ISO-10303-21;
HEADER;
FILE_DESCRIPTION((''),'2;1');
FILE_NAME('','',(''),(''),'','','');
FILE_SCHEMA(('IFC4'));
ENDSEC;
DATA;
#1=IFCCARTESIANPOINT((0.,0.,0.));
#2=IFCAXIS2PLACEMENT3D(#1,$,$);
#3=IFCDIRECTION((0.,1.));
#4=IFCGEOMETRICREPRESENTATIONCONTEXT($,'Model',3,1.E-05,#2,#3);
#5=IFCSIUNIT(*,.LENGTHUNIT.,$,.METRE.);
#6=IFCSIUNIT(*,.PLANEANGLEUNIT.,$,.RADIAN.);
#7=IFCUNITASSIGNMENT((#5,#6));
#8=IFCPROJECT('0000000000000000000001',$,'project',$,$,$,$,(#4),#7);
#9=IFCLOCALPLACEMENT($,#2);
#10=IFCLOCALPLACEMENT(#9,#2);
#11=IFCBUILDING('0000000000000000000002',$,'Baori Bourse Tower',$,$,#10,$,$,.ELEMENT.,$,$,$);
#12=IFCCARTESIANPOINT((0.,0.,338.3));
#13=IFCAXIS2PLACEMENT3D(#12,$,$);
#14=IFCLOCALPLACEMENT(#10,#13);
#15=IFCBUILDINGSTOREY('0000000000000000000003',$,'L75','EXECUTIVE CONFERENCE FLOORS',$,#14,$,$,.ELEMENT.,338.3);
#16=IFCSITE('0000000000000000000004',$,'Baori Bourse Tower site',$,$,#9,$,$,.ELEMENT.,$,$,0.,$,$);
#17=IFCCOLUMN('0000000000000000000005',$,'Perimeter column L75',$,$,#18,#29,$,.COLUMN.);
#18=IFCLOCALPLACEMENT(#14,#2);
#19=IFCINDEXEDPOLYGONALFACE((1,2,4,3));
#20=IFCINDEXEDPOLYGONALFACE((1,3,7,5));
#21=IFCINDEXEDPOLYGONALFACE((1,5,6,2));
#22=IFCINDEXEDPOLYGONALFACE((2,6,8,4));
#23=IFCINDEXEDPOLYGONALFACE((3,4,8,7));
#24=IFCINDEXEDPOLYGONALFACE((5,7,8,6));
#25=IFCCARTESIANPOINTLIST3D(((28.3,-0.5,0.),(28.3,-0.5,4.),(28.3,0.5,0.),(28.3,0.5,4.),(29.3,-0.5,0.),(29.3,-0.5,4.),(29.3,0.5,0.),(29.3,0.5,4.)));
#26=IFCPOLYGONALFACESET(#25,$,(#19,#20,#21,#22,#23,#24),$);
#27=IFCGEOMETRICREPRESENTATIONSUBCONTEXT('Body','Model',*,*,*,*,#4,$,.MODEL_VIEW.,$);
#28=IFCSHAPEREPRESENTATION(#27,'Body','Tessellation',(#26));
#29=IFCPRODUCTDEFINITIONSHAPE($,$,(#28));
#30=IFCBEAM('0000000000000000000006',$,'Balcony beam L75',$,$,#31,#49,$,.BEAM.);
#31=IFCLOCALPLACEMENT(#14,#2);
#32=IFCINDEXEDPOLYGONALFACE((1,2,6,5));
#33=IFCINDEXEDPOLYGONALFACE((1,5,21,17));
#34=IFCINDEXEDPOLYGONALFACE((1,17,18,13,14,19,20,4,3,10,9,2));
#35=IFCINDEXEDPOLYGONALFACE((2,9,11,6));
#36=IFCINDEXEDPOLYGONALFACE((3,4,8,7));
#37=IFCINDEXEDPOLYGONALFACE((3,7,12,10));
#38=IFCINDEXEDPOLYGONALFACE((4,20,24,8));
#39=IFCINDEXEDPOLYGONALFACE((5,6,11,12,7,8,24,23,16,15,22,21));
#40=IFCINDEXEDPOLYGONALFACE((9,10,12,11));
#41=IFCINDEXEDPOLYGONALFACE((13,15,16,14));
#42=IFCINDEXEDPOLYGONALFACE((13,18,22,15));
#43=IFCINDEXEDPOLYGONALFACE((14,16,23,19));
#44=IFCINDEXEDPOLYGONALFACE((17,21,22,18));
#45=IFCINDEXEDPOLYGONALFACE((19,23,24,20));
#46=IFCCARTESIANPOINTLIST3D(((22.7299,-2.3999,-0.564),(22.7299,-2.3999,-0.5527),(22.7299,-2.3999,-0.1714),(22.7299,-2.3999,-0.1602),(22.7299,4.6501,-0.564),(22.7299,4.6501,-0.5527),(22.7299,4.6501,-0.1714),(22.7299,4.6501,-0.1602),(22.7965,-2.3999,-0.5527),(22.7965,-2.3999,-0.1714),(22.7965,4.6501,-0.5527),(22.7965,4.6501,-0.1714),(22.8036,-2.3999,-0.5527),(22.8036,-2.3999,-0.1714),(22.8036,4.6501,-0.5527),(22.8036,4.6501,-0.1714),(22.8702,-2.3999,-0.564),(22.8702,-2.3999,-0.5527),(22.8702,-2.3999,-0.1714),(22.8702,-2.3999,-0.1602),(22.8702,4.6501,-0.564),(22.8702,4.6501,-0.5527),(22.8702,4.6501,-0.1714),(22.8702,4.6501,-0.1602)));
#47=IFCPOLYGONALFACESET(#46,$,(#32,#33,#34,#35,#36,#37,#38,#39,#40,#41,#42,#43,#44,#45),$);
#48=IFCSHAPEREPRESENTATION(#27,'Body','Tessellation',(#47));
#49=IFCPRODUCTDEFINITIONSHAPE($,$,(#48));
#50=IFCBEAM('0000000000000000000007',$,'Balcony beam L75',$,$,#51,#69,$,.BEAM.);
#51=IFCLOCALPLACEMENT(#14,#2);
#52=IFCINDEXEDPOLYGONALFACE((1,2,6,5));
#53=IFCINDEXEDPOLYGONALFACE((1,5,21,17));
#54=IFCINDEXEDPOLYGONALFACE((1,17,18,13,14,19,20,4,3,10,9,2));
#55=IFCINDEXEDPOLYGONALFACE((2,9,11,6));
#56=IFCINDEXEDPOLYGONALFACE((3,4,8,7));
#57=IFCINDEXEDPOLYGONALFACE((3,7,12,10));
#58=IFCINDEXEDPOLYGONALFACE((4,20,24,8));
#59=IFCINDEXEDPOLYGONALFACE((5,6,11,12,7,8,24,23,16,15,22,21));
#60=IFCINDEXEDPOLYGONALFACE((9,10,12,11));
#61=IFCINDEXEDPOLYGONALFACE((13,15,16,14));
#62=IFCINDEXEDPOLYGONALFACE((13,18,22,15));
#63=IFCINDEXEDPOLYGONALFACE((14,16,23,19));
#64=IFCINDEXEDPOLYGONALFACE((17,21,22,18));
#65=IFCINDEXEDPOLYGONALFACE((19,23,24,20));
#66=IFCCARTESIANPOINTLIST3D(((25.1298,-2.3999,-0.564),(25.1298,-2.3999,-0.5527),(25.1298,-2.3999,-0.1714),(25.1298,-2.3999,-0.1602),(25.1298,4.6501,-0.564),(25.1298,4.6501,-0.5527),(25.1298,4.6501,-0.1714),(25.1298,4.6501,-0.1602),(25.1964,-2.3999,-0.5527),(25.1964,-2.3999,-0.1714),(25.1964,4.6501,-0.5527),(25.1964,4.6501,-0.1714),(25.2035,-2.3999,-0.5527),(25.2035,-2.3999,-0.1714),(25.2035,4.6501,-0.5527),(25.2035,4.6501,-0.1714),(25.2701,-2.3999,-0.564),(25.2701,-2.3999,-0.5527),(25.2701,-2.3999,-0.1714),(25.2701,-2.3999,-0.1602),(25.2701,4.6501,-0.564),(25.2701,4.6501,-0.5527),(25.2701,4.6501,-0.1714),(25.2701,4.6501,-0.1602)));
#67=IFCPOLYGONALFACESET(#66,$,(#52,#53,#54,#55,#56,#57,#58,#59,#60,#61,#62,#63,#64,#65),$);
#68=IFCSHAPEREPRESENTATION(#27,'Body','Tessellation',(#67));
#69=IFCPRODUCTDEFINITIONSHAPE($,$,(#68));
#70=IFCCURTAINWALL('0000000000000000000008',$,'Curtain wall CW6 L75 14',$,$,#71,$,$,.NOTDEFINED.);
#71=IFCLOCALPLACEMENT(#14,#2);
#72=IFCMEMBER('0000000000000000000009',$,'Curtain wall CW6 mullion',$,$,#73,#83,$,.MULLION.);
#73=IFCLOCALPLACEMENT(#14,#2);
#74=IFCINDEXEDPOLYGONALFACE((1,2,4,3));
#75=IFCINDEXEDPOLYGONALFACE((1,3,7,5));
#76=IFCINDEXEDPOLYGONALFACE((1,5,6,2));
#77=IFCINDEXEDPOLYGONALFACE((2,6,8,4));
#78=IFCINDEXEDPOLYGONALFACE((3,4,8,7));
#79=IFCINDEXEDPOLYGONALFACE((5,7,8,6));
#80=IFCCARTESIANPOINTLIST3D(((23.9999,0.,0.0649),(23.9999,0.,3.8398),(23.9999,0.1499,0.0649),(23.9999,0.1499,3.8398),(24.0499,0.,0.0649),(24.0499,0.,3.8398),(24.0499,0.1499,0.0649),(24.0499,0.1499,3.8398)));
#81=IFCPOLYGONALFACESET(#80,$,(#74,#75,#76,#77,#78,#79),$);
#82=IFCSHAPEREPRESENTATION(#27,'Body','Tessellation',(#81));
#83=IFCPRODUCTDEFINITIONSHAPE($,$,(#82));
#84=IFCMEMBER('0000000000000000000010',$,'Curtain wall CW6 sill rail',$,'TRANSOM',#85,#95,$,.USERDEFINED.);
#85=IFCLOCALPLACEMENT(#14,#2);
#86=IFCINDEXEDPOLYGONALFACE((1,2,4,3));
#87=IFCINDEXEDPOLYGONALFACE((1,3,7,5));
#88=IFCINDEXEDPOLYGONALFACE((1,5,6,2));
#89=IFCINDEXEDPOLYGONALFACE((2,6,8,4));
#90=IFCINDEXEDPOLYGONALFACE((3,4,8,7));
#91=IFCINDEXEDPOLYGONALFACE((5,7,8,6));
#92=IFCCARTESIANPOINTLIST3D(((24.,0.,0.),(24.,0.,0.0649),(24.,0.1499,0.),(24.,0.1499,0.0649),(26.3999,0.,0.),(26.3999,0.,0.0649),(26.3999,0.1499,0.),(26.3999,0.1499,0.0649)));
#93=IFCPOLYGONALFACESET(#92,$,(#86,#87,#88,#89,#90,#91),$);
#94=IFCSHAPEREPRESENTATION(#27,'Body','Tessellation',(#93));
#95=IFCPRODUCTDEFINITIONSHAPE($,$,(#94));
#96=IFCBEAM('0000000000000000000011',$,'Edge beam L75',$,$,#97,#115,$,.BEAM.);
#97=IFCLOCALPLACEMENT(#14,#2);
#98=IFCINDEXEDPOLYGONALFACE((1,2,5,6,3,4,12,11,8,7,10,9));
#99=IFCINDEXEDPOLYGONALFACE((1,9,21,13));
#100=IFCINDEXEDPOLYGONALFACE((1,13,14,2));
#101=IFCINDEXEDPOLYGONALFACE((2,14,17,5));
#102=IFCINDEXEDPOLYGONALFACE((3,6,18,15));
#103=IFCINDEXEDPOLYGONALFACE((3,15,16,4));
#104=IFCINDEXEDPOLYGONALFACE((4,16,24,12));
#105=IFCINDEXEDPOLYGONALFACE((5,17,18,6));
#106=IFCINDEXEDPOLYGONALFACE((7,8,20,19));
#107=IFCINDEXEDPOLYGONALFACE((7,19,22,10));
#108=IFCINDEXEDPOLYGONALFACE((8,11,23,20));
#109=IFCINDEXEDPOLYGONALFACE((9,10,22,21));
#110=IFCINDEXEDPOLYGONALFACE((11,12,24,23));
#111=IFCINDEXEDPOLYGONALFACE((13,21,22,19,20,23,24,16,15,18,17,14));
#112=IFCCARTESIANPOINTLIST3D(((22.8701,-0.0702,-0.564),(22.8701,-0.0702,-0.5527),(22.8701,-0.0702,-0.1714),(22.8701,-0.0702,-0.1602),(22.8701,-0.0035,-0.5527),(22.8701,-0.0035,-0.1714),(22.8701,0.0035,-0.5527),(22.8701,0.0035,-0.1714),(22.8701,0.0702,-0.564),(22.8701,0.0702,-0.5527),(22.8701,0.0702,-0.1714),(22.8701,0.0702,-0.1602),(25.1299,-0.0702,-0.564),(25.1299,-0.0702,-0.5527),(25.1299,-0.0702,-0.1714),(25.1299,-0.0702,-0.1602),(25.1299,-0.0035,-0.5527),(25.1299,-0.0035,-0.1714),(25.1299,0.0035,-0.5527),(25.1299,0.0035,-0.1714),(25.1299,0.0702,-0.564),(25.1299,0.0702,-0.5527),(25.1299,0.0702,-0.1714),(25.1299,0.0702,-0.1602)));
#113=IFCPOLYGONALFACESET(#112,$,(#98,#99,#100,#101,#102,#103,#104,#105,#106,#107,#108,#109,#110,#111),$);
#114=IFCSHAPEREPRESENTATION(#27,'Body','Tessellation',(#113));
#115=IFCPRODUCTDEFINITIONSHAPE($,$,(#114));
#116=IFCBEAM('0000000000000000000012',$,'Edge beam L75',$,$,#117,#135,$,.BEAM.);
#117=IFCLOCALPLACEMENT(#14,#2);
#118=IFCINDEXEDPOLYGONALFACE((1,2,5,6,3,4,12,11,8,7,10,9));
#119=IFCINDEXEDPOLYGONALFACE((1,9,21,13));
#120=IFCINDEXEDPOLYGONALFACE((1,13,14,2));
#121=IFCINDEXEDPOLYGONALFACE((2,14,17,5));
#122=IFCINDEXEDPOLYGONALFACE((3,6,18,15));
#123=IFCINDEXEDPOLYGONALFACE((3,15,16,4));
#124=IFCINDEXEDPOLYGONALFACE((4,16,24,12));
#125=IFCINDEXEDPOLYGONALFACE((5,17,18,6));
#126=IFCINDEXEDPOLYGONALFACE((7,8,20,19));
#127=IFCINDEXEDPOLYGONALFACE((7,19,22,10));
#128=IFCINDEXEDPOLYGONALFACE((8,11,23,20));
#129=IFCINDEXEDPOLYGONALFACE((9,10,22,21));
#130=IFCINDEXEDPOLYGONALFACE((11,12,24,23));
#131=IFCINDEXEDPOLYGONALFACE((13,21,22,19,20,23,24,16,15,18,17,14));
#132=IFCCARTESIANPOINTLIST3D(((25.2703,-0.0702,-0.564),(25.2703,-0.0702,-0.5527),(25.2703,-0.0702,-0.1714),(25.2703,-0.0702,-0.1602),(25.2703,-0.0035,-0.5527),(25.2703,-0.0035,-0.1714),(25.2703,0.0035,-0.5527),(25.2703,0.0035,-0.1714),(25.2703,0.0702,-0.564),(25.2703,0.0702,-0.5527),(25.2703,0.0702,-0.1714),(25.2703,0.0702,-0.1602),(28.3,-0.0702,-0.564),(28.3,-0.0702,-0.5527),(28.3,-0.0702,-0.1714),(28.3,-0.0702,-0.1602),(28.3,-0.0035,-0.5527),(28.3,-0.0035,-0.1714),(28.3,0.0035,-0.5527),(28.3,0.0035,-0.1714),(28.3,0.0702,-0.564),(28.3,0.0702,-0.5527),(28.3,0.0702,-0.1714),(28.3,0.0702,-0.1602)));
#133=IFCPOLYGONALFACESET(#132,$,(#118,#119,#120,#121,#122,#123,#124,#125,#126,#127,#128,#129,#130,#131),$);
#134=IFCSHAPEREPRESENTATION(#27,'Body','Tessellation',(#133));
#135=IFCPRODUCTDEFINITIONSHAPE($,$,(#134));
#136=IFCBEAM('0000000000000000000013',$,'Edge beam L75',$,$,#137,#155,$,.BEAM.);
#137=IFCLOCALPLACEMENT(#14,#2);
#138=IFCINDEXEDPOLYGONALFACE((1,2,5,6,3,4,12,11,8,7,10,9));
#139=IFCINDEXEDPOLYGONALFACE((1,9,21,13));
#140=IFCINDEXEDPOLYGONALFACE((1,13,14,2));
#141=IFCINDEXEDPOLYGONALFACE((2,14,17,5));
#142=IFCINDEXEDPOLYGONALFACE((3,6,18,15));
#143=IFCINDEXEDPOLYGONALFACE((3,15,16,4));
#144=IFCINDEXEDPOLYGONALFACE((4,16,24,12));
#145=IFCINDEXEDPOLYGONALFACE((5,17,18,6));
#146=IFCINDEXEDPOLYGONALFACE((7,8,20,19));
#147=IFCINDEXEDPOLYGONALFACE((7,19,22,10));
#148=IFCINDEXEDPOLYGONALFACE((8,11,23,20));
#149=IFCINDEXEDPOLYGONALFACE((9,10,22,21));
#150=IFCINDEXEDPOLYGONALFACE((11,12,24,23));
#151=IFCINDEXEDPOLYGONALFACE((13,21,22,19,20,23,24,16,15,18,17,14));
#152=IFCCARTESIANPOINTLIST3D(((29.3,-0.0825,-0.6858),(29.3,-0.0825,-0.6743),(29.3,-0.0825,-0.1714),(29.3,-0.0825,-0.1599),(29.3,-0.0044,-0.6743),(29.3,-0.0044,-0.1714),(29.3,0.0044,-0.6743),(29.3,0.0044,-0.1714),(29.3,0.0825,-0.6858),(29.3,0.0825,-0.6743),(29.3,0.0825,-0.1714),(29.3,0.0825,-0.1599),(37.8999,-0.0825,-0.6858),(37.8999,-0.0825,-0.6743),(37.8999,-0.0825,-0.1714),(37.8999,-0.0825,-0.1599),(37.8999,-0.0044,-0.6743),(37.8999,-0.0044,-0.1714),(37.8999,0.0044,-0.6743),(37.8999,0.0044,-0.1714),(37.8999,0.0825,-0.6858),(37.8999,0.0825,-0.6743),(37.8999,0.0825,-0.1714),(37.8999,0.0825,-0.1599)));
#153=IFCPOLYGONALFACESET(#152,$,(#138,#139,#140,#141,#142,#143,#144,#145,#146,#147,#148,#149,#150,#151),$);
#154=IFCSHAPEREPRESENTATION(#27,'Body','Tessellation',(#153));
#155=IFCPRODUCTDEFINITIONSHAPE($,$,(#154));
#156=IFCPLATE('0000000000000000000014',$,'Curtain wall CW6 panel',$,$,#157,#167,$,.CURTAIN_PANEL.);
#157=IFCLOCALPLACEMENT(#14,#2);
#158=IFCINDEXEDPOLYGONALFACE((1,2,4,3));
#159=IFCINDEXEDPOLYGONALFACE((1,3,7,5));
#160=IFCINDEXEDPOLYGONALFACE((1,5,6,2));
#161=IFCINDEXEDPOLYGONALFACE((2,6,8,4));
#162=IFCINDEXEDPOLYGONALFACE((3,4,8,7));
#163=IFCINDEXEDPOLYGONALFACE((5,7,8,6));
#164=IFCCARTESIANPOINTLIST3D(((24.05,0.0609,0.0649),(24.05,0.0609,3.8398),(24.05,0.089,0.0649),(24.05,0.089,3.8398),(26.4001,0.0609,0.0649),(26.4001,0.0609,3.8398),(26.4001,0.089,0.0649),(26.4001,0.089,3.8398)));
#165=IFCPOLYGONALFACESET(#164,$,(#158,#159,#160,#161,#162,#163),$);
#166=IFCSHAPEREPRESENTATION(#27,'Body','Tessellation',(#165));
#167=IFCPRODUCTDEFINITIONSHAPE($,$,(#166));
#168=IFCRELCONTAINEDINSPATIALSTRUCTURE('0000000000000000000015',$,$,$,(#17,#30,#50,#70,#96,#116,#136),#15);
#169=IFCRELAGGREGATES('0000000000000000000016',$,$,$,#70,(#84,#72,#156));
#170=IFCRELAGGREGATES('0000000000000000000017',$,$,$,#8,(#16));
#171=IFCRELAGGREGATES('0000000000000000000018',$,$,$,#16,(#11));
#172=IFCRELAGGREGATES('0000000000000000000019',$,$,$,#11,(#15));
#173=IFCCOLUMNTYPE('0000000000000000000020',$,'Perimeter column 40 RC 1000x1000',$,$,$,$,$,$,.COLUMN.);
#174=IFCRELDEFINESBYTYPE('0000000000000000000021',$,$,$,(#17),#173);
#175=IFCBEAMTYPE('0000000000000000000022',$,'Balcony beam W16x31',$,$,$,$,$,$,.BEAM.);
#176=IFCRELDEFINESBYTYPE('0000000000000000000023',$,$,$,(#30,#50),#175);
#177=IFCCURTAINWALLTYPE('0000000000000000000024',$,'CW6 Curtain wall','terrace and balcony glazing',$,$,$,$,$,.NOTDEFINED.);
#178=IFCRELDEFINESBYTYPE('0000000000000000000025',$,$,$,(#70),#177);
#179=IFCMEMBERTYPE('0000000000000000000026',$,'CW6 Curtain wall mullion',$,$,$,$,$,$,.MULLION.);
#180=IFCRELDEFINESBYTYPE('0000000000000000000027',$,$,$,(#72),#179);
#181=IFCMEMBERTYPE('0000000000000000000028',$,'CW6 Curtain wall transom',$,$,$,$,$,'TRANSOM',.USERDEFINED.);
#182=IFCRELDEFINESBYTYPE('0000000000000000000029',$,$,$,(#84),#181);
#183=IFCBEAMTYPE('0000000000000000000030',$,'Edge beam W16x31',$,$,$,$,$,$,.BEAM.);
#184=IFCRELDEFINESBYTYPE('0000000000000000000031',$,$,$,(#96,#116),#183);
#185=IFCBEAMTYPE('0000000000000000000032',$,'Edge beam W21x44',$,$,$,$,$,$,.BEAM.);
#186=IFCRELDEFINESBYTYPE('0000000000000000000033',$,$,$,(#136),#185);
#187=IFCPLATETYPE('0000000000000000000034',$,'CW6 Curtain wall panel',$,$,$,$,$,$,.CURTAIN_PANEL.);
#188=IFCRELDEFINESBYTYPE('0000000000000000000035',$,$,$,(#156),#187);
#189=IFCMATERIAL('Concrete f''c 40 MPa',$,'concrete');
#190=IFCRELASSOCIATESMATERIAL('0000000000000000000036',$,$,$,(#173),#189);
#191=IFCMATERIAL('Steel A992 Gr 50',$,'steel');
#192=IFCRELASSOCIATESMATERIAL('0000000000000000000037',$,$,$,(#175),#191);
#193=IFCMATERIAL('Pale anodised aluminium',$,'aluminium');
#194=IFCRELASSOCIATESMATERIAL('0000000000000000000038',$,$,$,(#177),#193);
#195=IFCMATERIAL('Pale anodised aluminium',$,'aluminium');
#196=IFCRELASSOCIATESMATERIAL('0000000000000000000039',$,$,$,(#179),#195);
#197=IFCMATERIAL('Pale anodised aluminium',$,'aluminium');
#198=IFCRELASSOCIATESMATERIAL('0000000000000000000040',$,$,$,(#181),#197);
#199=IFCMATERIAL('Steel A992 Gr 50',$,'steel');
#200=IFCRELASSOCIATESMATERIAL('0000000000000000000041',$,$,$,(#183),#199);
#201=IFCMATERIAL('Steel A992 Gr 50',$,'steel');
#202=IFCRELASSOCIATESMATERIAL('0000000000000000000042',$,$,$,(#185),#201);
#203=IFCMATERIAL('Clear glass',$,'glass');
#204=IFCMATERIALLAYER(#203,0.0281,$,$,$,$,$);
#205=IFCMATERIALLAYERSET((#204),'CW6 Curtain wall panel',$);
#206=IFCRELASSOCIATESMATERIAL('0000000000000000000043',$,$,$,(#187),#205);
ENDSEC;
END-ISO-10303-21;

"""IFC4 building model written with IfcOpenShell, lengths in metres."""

from ifc_helpers import new_model, si_unit, direction, frame, origin, origin_2d, place, context, subcontext, project, spatial, rectangle, i_section, extrude, material, layer, layer_set, material_profile, profile_set, type_object, element, aggregate, save


model = new_model("IFC4")

# Units and contexts
model_context = context("Model", 3, precision=1e-05, world=origin(), true_north=direction((0.0, 1.0)))
body_context = subcontext(model_context, "Body", "Model", "MODEL_VIEW")
ifc_project = project(units=[si_unit("LENGTHUNIT", "METRE"), si_unit("PLANEANGLEUNIT", "RADIAN")], contexts=[model_context])

# Site, building, storey
site_placement = place(None, origin())
site = spatial("IfcSite", under=ifc_project, at=site_placement, Name="Baori Bourse Tower site", CompositionType="ELEMENT", RefElevation=0.0)
building_placement = place(site_placement, origin())
building = spatial("IfcBuilding", under=site, at=building_placement, Name="Baori Bourse Tower", CompositionType="ELEMENT")
storey_placement = place(building_placement, frame((0.0, 0.0, 338.3)))
storey = spatial("IfcBuildingStorey", under=building, at=storey_placement, Name="L75", Description="EXECUTIVE CONFERENCE FLOORS", CompositionType="ELEMENT", Elevation=338.3)

# Column
ifc_material_1 = material(Name="Concrete f'c 40 MPa", Category="concrete")
ifc_material_profile_1 = material_profile(ifc_material_1, rectangle(XDim=1.0, YDim=1.0, at=origin_2d()), Name="RC 1000x1000")
ifc_profile_set_1 = profile_set([ifc_material_profile_1], Name="Concrete f'c 40 MPa")
column_type = type_object("IfcColumnType", Name="Perimeter column 40 RC 1000x1000", PredefinedType="COLUMN", material=ifc_profile_set_1)
column_placement = place(storey_placement, frame((28.8, 0.0, 0.0), z_axis=(0.0, 0.0, 1.0), x_axis=(1.0, 0.0, 0.0)))
element("IfcColumn", 1, at=column_placement, inside=storey, type_object=column_type, Name="Perimeter column L75", PredefinedType="COLUMN", context=body_context, shape_type="SweptSolid", body=[
    extrude(rectangle(XDim=1.0, YDim=1.0, at=origin_2d()), origin(), (0.0, 0.0, 1.0), 4.0),
])

# Beams
ifc_material_2 = material(Name="Steel A992 Gr 50", Category="steel")
ifc_material_profile_2 = material_profile(ifc_material_2, i_section(OverallWidth=0.1404, OverallDepth=0.4038, WebThickness=0.0071, FlangeThickness=0.0112, at=origin_2d()), Name="W16x31")
ifc_profile_set_2 = profile_set([ifc_material_profile_2], Name="Steel A992 Gr 50")
beam_type_1 = type_object("IfcBeamType", Name="Balcony beam W16x31", PredefinedType="BEAM", material=ifc_profile_set_2)
for number, where, z_axis, x_axis, name in (
    (2, (22.8, -2.3999, -0.3621), (0.0, 1.0, 0.0), (-1.0, 0.0, 0.0), "Balcony beam L75"),
    (3, (25.2, -2.3999, -0.3621), (0.0, 1.0, 0.0), (-1.0, 0.0, 0.0), "Balcony beam L75"),
):
    element("IfcBeam", number, at=place(storey_placement, frame(where, z_axis=z_axis, x_axis=x_axis)), inside=storey, type_object=beam_type_1, Name=name, PredefinedType="BEAM", context=body_context, shape_type="SweptSolid", body=[
        extrude(i_section(OverallWidth=0.1404, OverallDepth=0.4038, WebThickness=0.0071, FlangeThickness=0.0112, at=origin_2d()), origin(), (0.0, 0.0, 1.0), 7.05),
    ])

# Curtain wall, members
ifc_material_3 = material(Name="Pale anodised aluminium", Category="aluminium")
curtain_wall_type = type_object("IfcCurtainWallType", Name="CW6 Curtain wall", Description="terrace and balcony glazing", PredefinedType="NOTDEFINED", material=ifc_material_3)
curtain_wall_placement = place(storey_placement, origin())
curtain_wall = element("IfcCurtainWall", 4, at=curtain_wall_placement, inside=storey, type_object=curtain_wall_type, Name="Curtain wall CW6 L75 14", PredefinedType="NOTDEFINED")
ifc_material_4 = material(Name="Pale anodised aluminium", Category="aluminium")
ifc_material_profile_3 = material_profile(ifc_material_4, rectangle(XDim=0.1499, YDim=0.05, at=origin_2d()), Name="Mullion 50x150")
ifc_profile_set_3 = profile_set([ifc_material_profile_3], Name="Pale anodised aluminium")
member_type_1 = type_object("IfcMemberType", Name="CW6 Curtain wall mullion", PredefinedType="MULLION", material=ifc_profile_set_3)
member_1_placement = place(storey_placement, frame((24.0249, 0.075, 0.0649), z_axis=(0.0, 0.0, 1.0), x_axis=(0.0, 1.0, 0.0)))
member_1 = element("IfcMember", 5, at=member_1_placement, type_object=member_type_1, Name="Curtain wall CW6 mullion", PredefinedType="MULLION", context=body_context, shape_type="SweptSolid", body=[
    extrude(rectangle(XDim=0.1499, YDim=0.05, at=origin_2d()), origin(), (0.0, 0.0, 1.0), 3.7749),
])
ifc_material_5 = material(Name="Pale anodised aluminium", Category="aluminium")
ifc_material_profile_4 = material_profile(ifc_material_5, rectangle(XDim=0.1499, YDim=0.0649, at=origin_2d()), Name="Transom 65x150")
ifc_profile_set_4 = profile_set([ifc_material_profile_4], Name="Pale anodised aluminium")
member_type_2 = type_object("IfcMemberType", Name="CW6 Curtain wall transom", ElementType="TRANSOM", PredefinedType="USERDEFINED", material=ifc_profile_set_4)
member_2_placement = place(storey_placement, frame((24.0, 0.075, 0.0325), z_axis=(1.0, 0.0, 0.0), x_axis=(0.0, 1.0, 0.0)))
member_2 = element("IfcMember", 6, at=member_2_placement, type_object=member_type_2, Name="Curtain wall CW6 sill rail", ObjectType="TRANSOM", PredefinedType="USERDEFINED", context=body_context, shape_type="SweptSolid", body=[
    extrude(rectangle(XDim=0.1499, YDim=0.0649, at=origin_2d()), origin(), (0.0, 0.0, 1.0), 2.3999),
])

# Beams
ifc_material_6 = material(Name="Steel A992 Gr 50", Category="steel")
ifc_material_profile_5 = material_profile(ifc_material_6, i_section(OverallWidth=0.1404, OverallDepth=0.4038, WebThickness=0.0071, FlangeThickness=0.0112, at=origin_2d()), Name="W16x31")
ifc_profile_set_5 = profile_set([ifc_material_profile_5], Name="Steel A992 Gr 50")
beam_type_2 = type_object("IfcBeamType", Name="Edge beam W16x31", PredefinedType="BEAM", material=ifc_profile_set_5)
beam_1_placement = place(storey_placement, frame((22.8701, 0.0, -0.3621), z_axis=(1.0, 0.0, 0.0), x_axis=(0.0, 1.0, 0.0)))
element("IfcBeam", 7, at=beam_1_placement, inside=storey, type_object=beam_type_2, Name="Edge beam L75", PredefinedType="BEAM", context=body_context, shape_type="SweptSolid", body=[
    extrude(i_section(OverallWidth=0.1404, OverallDepth=0.4038, WebThickness=0.0071, FlangeThickness=0.0112, at=origin_2d()), origin(), (0.0, 0.0, 1.0), 2.2598),
])
beam_2_placement = place(storey_placement, frame((25.2703, 0.0, -0.3621), z_axis=(1.0, 0.0, 0.0), x_axis=(0.0, 1.0, 0.0)))
element("IfcBeam", 8, at=beam_2_placement, inside=storey, type_object=beam_type_2, Name="Edge beam L75", PredefinedType="BEAM", context=body_context, shape_type="SweptSolid", body=[
    extrude(i_section(OverallWidth=0.1404, OverallDepth=0.4038, WebThickness=0.0071, FlangeThickness=0.0112, at=origin_2d()), origin(), (0.0, 0.0, 1.0), 3.0298),
])
ifc_material_7 = material(Name="Steel A992 Gr 50", Category="steel")
ifc_material_profile_6 = material_profile(ifc_material_7, i_section(OverallWidth=0.165, OverallDepth=0.5259, WebThickness=0.0088, FlangeThickness=0.0115, at=origin_2d()), Name="W21x44")
ifc_profile_set_6 = profile_set([ifc_material_profile_6], Name="Steel A992 Gr 50")
beam_type_3 = type_object("IfcBeamType", Name="Edge beam W21x44", PredefinedType="BEAM", material=ifc_profile_set_6)
beam_3_placement = place(storey_placement, frame((29.3, 0.0, -0.4229), z_axis=(1.0, 0.0, 0.0), x_axis=(0.0, 1.0, 0.0)))
element("IfcBeam", 9, at=beam_3_placement, inside=storey, type_object=beam_type_3, Name="Edge beam L75", PredefinedType="BEAM", context=body_context, shape_type="SweptSolid", body=[
    extrude(i_section(OverallWidth=0.165, OverallDepth=0.5259, WebThickness=0.0088, FlangeThickness=0.0115, at=origin_2d()), origin(), (0.0, 0.0, 1.0), 8.5999),
])

# Plate
ifc_material_8 = material(Name="Clear glass", Category="glass")
ifc_layer_1 = layer(ifc_material_8, 0.0281)
ifc_layer_set_1 = layer_set([ifc_layer_1], Name="CW6 Curtain wall panel")
plate_type = type_object("IfcPlateType", Name="CW6 Curtain wall panel", PredefinedType="CURTAIN_PANEL", material=ifc_layer_set_1)
plate_placement = place(storey_placement, frame((25.2251, 0.075, 0.0649), z_axis=(0.0, 0.0, 1.0), x_axis=(1.0, 0.0, 0.0)))
plate = element("IfcPlate", 10, at=plate_placement, type_object=plate_type, Name="Curtain wall CW6 panel", PredefinedType="CURTAIN_PANEL", context=body_context, shape_type="SweptSolid", body=[
    extrude(rectangle(XDim=2.3501, YDim=0.0281, at=origin_2d()), origin(), (0.0, 0.0, 1.0), 3.7749),
])
aggregate(curtain_wall, [member_2, member_1, plate])

save(model, "model.ifc")
